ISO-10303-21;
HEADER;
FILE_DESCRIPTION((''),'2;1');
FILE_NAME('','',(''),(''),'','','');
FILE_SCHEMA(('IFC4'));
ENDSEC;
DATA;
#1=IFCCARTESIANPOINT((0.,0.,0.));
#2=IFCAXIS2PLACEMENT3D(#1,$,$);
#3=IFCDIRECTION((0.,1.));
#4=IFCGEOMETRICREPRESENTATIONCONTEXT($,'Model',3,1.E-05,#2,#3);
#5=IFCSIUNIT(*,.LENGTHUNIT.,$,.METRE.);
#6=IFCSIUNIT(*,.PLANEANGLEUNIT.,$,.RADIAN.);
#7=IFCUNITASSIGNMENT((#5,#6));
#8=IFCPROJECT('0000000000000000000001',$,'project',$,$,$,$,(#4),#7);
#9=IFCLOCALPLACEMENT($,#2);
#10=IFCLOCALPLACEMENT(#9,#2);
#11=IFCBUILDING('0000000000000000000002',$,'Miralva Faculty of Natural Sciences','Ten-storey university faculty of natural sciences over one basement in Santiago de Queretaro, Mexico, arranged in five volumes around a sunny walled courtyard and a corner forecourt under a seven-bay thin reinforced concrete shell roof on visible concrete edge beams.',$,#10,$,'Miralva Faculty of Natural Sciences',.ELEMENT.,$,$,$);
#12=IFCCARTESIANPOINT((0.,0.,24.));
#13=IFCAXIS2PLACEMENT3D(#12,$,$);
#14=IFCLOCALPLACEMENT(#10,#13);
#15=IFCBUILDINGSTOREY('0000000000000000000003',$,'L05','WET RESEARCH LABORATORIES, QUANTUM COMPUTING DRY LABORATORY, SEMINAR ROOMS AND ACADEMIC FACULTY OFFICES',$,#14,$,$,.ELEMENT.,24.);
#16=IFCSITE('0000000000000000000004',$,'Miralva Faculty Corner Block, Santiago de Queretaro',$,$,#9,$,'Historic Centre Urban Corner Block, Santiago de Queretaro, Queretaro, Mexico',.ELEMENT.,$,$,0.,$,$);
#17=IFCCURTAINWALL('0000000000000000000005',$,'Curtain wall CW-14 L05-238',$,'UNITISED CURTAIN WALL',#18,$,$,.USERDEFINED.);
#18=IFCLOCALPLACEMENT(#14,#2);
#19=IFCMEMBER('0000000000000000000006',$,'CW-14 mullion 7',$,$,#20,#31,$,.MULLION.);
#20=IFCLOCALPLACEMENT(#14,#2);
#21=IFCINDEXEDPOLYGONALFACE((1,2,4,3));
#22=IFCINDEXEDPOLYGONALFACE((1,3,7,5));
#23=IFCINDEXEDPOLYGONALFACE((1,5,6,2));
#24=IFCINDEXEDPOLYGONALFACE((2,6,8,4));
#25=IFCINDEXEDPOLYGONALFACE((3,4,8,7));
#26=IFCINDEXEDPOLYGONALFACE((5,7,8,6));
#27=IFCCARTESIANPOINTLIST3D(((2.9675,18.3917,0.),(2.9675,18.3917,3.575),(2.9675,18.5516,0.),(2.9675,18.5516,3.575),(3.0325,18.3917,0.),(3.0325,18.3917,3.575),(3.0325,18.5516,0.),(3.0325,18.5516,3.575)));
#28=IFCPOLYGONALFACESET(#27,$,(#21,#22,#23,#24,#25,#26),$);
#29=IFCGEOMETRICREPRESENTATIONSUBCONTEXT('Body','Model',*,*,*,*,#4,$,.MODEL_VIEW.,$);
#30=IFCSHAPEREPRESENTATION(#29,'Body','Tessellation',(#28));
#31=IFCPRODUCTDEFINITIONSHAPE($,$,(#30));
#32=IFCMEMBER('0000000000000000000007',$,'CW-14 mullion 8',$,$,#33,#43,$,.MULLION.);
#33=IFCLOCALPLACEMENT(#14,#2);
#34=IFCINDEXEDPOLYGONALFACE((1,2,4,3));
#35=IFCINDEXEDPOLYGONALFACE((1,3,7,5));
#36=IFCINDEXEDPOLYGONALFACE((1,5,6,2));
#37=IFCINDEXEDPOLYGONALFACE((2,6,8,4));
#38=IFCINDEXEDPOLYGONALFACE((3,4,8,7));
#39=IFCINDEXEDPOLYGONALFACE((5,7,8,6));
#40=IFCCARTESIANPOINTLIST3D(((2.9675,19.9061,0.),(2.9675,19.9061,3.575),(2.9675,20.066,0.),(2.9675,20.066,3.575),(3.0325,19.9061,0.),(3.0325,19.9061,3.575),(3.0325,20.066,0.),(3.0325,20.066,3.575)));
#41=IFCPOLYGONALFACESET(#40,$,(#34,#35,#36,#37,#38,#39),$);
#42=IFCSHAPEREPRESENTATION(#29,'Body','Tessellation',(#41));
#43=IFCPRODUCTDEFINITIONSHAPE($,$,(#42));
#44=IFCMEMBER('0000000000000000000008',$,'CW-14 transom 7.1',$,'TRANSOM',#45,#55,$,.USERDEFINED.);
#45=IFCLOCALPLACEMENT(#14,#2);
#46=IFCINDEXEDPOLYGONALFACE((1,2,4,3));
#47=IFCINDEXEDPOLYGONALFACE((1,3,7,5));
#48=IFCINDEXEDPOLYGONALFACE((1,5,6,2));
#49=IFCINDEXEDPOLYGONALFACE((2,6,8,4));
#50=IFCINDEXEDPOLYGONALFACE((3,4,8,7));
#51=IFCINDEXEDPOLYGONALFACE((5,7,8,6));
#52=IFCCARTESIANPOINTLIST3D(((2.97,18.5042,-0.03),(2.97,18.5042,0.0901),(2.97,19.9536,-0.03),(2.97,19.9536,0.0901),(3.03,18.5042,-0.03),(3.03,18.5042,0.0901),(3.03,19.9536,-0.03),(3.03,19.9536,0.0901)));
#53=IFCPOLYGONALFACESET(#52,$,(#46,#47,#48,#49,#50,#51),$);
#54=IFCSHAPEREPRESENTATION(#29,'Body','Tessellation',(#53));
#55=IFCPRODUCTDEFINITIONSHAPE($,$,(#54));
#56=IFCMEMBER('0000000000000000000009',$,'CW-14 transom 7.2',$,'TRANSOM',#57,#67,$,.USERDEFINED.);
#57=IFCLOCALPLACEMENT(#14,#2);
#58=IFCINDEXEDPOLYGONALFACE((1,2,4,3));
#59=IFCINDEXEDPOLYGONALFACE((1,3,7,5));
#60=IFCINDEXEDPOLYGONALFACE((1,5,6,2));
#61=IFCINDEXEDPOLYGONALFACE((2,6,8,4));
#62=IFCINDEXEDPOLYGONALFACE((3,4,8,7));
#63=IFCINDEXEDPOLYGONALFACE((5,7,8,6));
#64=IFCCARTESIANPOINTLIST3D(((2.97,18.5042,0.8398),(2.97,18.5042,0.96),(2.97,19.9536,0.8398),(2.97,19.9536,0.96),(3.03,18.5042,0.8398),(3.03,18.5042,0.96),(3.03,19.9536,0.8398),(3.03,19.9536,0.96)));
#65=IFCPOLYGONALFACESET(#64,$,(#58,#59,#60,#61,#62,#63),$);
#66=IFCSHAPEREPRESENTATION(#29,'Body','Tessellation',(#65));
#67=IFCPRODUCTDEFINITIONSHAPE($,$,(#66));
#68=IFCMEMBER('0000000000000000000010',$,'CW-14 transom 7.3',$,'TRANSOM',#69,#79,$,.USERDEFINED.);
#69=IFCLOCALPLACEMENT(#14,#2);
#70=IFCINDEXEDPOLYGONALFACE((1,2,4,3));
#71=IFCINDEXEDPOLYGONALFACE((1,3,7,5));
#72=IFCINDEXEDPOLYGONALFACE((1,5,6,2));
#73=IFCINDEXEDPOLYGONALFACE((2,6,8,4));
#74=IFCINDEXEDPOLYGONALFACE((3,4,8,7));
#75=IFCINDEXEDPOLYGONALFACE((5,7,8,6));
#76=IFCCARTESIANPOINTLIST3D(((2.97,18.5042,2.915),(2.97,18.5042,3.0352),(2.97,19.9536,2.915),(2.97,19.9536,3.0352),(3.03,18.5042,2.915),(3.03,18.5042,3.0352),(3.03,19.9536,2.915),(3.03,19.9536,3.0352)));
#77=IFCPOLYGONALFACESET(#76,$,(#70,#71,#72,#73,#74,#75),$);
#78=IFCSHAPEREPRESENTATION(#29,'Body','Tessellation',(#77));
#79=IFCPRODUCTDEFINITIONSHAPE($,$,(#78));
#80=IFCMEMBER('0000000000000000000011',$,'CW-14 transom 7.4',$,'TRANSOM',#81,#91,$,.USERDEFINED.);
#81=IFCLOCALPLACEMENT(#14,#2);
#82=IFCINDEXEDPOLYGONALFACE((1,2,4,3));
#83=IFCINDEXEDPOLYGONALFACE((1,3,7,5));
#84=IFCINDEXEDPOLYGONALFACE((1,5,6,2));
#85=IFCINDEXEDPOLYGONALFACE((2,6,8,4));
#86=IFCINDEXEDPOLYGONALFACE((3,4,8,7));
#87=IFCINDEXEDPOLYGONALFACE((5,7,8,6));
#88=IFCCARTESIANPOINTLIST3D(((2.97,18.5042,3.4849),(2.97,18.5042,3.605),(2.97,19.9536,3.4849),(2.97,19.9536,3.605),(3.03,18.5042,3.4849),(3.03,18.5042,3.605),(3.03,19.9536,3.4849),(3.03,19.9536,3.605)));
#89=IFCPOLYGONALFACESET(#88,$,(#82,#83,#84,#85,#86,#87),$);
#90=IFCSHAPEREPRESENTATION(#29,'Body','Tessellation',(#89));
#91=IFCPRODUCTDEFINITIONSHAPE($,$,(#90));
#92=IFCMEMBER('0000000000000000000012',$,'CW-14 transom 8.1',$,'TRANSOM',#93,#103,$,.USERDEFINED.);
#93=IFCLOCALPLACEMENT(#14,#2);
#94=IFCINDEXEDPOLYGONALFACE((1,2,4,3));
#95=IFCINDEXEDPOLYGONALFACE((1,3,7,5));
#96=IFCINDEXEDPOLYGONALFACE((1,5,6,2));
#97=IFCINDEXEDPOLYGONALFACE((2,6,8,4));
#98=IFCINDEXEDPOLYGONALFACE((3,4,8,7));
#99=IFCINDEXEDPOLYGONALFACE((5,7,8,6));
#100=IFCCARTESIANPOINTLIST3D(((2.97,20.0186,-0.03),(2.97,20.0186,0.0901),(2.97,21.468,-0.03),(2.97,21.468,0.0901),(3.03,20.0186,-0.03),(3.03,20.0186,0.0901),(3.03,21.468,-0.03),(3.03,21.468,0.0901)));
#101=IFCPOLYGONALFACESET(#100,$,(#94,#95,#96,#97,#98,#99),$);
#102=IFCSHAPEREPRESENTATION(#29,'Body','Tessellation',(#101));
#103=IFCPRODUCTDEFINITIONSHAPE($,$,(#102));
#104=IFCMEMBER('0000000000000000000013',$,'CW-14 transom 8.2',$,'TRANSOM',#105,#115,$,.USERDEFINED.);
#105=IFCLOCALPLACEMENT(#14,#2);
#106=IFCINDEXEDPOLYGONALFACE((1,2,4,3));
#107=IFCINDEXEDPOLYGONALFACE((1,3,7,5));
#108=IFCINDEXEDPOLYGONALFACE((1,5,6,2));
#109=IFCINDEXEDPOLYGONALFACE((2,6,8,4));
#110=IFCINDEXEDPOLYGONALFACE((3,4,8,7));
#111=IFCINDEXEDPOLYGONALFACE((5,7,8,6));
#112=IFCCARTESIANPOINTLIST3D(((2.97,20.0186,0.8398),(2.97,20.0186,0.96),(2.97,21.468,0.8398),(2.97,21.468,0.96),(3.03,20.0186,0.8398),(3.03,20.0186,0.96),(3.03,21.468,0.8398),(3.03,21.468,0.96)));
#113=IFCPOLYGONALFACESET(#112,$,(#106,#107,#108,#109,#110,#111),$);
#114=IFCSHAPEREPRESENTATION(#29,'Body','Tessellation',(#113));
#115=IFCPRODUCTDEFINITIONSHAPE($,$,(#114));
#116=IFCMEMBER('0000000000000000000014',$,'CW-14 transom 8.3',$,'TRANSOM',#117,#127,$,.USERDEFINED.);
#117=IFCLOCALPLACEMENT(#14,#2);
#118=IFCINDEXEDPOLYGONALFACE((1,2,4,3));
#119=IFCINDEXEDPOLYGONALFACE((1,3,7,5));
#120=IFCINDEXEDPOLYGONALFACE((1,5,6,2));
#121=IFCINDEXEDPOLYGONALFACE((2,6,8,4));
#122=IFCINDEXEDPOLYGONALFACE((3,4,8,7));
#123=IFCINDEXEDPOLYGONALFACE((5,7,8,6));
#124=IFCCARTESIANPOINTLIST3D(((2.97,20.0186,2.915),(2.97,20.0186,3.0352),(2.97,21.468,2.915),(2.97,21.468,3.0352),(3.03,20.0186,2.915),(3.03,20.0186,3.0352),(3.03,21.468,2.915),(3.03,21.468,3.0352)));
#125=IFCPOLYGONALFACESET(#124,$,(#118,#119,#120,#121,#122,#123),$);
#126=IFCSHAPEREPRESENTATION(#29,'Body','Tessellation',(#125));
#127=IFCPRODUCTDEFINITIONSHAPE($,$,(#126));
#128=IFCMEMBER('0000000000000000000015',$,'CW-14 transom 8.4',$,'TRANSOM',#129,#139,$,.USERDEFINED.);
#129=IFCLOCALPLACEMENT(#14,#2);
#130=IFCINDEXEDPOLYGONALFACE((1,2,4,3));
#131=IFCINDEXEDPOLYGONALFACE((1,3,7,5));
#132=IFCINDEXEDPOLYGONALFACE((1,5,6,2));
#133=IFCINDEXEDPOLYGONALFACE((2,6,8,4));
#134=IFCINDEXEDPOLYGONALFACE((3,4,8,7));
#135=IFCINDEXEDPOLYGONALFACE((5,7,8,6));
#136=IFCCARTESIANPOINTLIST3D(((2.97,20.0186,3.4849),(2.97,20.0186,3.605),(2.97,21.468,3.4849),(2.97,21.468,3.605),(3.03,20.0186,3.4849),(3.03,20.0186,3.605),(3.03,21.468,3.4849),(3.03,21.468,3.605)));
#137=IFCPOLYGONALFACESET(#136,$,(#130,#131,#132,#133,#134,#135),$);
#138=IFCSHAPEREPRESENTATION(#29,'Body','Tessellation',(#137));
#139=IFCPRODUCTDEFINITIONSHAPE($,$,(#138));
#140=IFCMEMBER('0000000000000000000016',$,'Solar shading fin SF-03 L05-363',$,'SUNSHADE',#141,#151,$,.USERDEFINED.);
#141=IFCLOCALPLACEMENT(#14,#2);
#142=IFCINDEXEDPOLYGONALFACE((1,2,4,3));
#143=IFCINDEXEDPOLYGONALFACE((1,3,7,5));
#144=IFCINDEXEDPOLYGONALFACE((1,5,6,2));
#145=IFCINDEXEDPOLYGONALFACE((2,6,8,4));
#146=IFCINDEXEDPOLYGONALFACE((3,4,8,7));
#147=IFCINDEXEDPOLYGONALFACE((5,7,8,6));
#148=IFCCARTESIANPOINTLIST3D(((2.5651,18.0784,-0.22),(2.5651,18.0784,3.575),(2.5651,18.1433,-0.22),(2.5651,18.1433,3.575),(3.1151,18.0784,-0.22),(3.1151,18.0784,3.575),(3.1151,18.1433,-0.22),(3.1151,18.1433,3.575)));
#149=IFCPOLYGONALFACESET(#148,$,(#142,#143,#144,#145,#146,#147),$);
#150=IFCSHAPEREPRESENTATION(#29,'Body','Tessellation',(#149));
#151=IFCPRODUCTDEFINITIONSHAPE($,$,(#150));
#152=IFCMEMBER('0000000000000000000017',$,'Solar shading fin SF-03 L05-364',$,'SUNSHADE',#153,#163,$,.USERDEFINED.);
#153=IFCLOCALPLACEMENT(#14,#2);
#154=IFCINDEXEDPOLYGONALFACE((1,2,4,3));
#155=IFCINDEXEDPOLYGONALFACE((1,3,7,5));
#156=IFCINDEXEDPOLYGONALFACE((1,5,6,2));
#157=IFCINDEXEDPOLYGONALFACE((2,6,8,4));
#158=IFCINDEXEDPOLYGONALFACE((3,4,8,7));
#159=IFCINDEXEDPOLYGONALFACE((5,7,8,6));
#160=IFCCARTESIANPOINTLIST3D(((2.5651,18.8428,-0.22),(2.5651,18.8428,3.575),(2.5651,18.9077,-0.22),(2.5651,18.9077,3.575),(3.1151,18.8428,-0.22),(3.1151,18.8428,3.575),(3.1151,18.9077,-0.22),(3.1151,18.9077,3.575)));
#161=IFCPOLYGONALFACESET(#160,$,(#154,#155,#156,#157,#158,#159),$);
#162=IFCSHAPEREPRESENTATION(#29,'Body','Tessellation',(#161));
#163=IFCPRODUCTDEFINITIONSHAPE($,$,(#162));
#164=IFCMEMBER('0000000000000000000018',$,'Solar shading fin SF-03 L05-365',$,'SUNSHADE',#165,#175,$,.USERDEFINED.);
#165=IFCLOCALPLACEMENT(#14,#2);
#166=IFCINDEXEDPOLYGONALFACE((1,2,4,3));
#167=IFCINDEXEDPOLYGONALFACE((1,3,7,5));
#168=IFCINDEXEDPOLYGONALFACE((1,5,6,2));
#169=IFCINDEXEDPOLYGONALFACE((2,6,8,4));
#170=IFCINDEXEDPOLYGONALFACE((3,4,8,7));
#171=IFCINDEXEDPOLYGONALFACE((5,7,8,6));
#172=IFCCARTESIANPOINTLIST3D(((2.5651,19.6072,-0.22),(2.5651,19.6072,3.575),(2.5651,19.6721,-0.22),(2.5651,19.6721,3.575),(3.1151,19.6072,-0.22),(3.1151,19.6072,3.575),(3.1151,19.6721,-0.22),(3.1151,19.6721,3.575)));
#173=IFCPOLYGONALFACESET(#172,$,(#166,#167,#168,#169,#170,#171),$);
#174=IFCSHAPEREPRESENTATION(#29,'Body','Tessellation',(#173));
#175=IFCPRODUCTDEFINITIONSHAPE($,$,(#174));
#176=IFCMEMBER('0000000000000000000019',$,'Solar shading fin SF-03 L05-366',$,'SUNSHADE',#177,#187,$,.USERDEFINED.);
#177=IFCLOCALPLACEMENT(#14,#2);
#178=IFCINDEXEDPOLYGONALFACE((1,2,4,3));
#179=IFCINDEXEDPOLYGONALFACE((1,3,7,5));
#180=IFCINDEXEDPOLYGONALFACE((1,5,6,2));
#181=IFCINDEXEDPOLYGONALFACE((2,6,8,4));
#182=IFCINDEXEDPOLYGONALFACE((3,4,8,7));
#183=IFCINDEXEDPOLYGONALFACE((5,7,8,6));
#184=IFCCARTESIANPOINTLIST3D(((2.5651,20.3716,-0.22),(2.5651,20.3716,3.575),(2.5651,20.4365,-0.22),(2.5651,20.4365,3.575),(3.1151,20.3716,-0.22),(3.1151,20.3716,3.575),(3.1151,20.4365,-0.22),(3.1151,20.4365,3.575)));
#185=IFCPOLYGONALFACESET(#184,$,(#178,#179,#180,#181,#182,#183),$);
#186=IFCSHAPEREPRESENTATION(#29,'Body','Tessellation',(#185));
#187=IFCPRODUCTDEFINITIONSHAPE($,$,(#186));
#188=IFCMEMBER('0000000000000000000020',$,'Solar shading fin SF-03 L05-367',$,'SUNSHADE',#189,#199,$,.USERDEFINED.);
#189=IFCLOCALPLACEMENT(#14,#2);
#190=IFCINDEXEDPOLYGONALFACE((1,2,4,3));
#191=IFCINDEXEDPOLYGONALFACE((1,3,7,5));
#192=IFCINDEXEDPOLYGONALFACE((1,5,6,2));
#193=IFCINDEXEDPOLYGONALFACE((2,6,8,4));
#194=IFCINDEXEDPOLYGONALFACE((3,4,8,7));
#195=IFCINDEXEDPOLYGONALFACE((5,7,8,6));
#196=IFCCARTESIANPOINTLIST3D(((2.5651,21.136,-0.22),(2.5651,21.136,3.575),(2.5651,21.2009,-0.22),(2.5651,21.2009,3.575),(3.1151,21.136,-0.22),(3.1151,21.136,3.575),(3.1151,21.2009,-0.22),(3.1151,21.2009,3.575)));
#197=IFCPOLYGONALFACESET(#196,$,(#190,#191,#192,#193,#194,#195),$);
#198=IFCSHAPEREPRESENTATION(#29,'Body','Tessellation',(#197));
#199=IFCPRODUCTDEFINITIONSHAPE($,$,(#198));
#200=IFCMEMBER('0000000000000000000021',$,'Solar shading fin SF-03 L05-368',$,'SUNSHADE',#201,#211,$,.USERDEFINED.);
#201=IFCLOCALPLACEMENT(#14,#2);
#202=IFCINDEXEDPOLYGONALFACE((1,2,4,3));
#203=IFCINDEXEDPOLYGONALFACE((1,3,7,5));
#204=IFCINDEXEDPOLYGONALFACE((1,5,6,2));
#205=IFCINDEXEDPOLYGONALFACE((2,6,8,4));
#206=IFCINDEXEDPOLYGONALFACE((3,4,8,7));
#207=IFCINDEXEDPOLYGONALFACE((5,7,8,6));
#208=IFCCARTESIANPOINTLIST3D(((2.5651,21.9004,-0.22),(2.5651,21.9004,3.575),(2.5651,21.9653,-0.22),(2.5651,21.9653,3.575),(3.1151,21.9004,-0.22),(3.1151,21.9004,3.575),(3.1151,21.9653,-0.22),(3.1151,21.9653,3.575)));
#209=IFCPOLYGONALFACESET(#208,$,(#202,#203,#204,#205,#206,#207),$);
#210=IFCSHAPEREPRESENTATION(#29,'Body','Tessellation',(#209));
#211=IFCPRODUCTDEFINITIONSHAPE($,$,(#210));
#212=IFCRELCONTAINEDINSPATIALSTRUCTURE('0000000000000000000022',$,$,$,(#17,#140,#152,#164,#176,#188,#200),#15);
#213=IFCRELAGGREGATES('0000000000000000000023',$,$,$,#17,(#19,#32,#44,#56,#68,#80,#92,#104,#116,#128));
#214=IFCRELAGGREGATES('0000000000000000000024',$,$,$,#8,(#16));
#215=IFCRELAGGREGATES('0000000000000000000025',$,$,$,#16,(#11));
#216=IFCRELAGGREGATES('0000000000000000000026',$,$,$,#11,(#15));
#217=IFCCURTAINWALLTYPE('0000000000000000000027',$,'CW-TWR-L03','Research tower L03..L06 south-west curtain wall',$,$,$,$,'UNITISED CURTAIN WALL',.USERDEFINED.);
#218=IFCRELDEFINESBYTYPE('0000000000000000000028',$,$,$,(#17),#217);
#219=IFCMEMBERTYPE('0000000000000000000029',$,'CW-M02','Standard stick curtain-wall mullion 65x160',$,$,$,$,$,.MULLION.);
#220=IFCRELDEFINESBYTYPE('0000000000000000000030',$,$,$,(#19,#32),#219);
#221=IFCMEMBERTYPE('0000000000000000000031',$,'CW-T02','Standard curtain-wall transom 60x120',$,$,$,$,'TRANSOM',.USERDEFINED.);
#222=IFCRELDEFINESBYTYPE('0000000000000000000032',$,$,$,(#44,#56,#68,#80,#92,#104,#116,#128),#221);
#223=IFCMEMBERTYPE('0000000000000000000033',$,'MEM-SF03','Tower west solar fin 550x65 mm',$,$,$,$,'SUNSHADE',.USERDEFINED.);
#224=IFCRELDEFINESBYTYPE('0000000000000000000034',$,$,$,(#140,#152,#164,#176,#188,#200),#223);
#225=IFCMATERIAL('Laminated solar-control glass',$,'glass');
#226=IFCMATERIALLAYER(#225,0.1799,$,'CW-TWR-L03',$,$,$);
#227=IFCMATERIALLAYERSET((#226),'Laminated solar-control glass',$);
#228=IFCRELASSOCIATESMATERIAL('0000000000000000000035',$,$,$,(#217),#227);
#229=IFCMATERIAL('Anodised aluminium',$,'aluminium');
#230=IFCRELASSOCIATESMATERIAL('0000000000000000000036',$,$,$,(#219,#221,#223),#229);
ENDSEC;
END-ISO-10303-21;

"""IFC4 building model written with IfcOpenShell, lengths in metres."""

from ifc_helpers import new_model, si_unit, direction, frame, origin, origin_2d, place, context, subcontext, project, spatial, rectangle, extrude, material, layer, layer_set, material_profile, profile_set, type_object, element, aggregate, save


model = new_model("IFC4")

# Units and contexts
model_context = context("Model", 3, precision=1e-05, world=origin(), true_north=direction((0.0, 1.0)))
body_context = subcontext(model_context, "Body", "Model", "MODEL_VIEW")
ifc_project = project(units=[si_unit("LENGTHUNIT", "METRE"), si_unit("PLANEANGLEUNIT", "RADIAN")], contexts=[model_context])

# Site, building, storey
site_placement = place(None, origin())
site = spatial("IfcSite", under=ifc_project, at=site_placement, Name="Miralva Faculty Corner Block, Santiago de Queretaro", LongName="Historic Centre Urban Corner Block, Santiago de Queretaro, Queretaro, Mexico", CompositionType="ELEMENT", RefElevation=0.0)
building_placement = place(site_placement, origin())
building = spatial("IfcBuilding", under=site, at=building_placement, Name="Miralva Faculty of Natural Sciences", Description="Ten-storey university faculty of natural sciences over one basement in Santiago de Queretaro, Mexico, arranged in five volumes around a sunny walled courtyard and a corner forecourt under a seven-bay thin reinforced concrete shell roof on visible concrete edge beams.", LongName="Miralva Faculty of Natural Sciences", CompositionType="ELEMENT")
storey_placement = place(building_placement, frame((0.0, 0.0, 24.0)))
storey = spatial("IfcBuildingStorey", under=building, at=storey_placement, Name="L05", Description="WET RESEARCH LABORATORIES, QUANTUM COMPUTING DRY LABORATORY, SEMINAR ROOMS AND ACADEMIC FACULTY OFFICES", CompositionType="ELEMENT", Elevation=24.0)

# Curtain wall, members
ifc_material_1 = material(Name="Laminated solar-control glass", Category="glass")
ifc_layer_1 = layer(ifc_material_1, 0.1799, Name="CW-TWR-L03")
ifc_layer_set_1 = layer_set([ifc_layer_1], Name="Laminated solar-control glass")
curtain_wall_type = type_object("IfcCurtainWallType", Name="CW-TWR-L03", Description="Research tower L03..L06 south-west curtain wall", ElementType="UNITISED CURTAIN WALL", PredefinedType="USERDEFINED", material=ifc_layer_set_1)
curtain_wall_placement = place(storey_placement, origin())
curtain_wall = element("IfcCurtainWall", 1, at=curtain_wall_placement, inside=storey, type_object=curtain_wall_type, Name="Curtain wall CW-14 L05-238", ObjectType="UNITISED CURTAIN WALL", PredefinedType="USERDEFINED")
ifc_material_2 = material(Name="Anodised aluminium", Category="aluminium")
ifc_material_profile_1 = material_profile(ifc_material_2, rectangle(XDim=0.0649, YDim=0.1599, at=origin_2d()), Name="MULLION 65x160")
ifc_profile_set_1 = profile_set([ifc_material_profile_1], Name="Anodised aluminium")
member_type_1 = type_object("IfcMemberType", Name="CW-M02", Description="Standard stick curtain-wall mullion 65x160", PredefinedType="MULLION", material=ifc_profile_set_1)
member_1_placement = place(storey_placement, frame((3.0, 18.4717, 0.0), z_axis=(0.0, 0.0, 1.0), x_axis=(-1.0, 0.0, 0.0)))
member_1 = element("IfcMember", 2, at=member_1_placement, type_object=member_type_1, Name="CW-14 mullion 7", PredefinedType="MULLION", context=body_context, shape_type="SweptSolid", body=[
    extrude(rectangle(XDim=0.0649, YDim=0.1599, at=origin_2d()), origin(), (0.0, 0.0, 1.0), 3.575),
])
member_2_placement = place(storey_placement, frame((3.0, 19.9861, 0.0), z_axis=(0.0, 0.0, 1.0), x_axis=(-1.0, 0.0, 0.0)))
member_2 = element("IfcMember", 3, at=member_2_placement, type_object=member_type_1, Name="CW-14 mullion 8", PredefinedType="MULLION", context=body_context, shape_type="SweptSolid", body=[
    extrude(rectangle(XDim=0.0649, YDim=0.1599, at=origin_2d()), origin(), (0.0, 0.0, 1.0), 3.575),
])
ifc_material_profile_2 = material_profile(ifc_material_2, rectangle(XDim=0.0601, YDim=0.1201, at=origin_2d()), Name="TRANSOM 60x120")
ifc_profile_set_2 = profile_set([ifc_material_profile_2], Name="Anodised aluminium")
member_type_2 = type_object("IfcMemberType", Name="CW-T02", Description="Standard curtain-wall transom 60x120", ElementType="TRANSOM", PredefinedType="USERDEFINED", material=ifc_profile_set_2)
member_3_placement = place(storey_placement, frame((3.0, 18.5042, 0.03), z_axis=(0.0, 1.0, 0.0), x_axis=(-1.0, 0.0, 0.0)))
member_3 = element("IfcMember", 4, at=member_3_placement, type_object=member_type_2, Name="CW-14 transom 7.1", ObjectType="TRANSOM", PredefinedType="USERDEFINED", context=body_context, shape_type="SweptSolid", body=[
    extrude(rectangle(XDim=0.0601, YDim=0.1201, at=origin_2d()), origin(), (0.0, 0.0, 1.0), 1.4495),
])
member_4_placement = place(storey_placement, frame((3.0, 18.5042, 0.8999), z_axis=(0.0, 1.0, 0.0), x_axis=(-1.0, 0.0, 0.0)))
member_4 = element("IfcMember", 5, at=member_4_placement, type_object=member_type_2, Name="CW-14 transom 7.2", ObjectType="TRANSOM", PredefinedType="USERDEFINED", context=body_context, shape_type="SweptSolid", body=[
    extrude(rectangle(XDim=0.0601, YDim=0.1201, at=origin_2d()), origin(), (0.0, 0.0, 1.0), 1.4495),
])
member_5_placement = place(storey_placement, frame((3.0, 18.5042, 2.9751), z_axis=(0.0, 1.0, 0.0), x_axis=(-1.0, 0.0, 0.0)))
member_5 = element("IfcMember", 6, at=member_5_placement, type_object=member_type_2, Name="CW-14 transom 7.3", ObjectType="TRANSOM", PredefinedType="USERDEFINED", context=body_context, shape_type="SweptSolid", body=[
    extrude(rectangle(XDim=0.0601, YDim=0.1201, at=origin_2d()), origin(), (0.0, 0.0, 1.0), 1.4495),
])
member_6_placement = place(storey_placement, frame((3.0, 18.5042, 3.5449), z_axis=(0.0, 1.0, 0.0), x_axis=(-1.0, 0.0, 0.0)))
member_6 = element("IfcMember", 7, at=member_6_placement, type_object=member_type_2, Name="CW-14 transom 7.4", ObjectType="TRANSOM", PredefinedType="USERDEFINED", context=body_context, shape_type="SweptSolid", body=[
    extrude(rectangle(XDim=0.0601, YDim=0.1201, at=origin_2d()), origin(), (0.0, 0.0, 1.0), 1.4495),
])
member_7_placement = place(storey_placement, frame((3.0, 20.0186, 0.03), z_axis=(0.0, 1.0, 0.0), x_axis=(-1.0, 0.0, 0.0)))
member_7 = element("IfcMember", 8, at=member_7_placement, type_object=member_type_2, Name="CW-14 transom 8.1", ObjectType="TRANSOM", PredefinedType="USERDEFINED", context=body_context, shape_type="SweptSolid", body=[
    extrude(rectangle(XDim=0.0601, YDim=0.1201, at=origin_2d()), origin(), (0.0, 0.0, 1.0), 1.4495),
])
member_8_placement = place(storey_placement, frame((3.0, 20.0186, 0.8999), z_axis=(0.0, 1.0, 0.0), x_axis=(-1.0, 0.0, 0.0)))
member_8 = element("IfcMember", 9, at=member_8_placement, type_object=member_type_2, Name="CW-14 transom 8.2", ObjectType="TRANSOM", PredefinedType="USERDEFINED", context=body_context, shape_type="SweptSolid", body=[
    extrude(rectangle(XDim=0.0601, YDim=0.1201, at=origin_2d()), origin(), (0.0, 0.0, 1.0), 1.4495),
])
member_9_placement = place(storey_placement, frame((3.0, 20.0186, 2.9751), z_axis=(0.0, 1.0, 0.0), x_axis=(-1.0, 0.0, 0.0)))
member_9 = element("IfcMember", 10, at=member_9_placement, type_object=member_type_2, Name="CW-14 transom 8.3", ObjectType="TRANSOM", PredefinedType="USERDEFINED", context=body_context, shape_type="SweptSolid", body=[
    extrude(rectangle(XDim=0.0601, YDim=0.1201, at=origin_2d()), origin(), (0.0, 0.0, 1.0), 1.4495),
])
member_10_placement = place(storey_placement, frame((3.0, 20.0186, 3.5449), z_axis=(0.0, 1.0, 0.0), x_axis=(-1.0, 0.0, 0.0)))
member_10 = element("IfcMember", 11, at=member_10_placement, type_object=member_type_2, Name="CW-14 transom 8.4", ObjectType="TRANSOM", PredefinedType="USERDEFINED", context=body_context, shape_type="SweptSolid", body=[
    extrude(rectangle(XDim=0.0601, YDim=0.1201, at=origin_2d()), origin(), (0.0, 0.0, 1.0), 1.4495),
])

# Members
ifc_material_profile_3 = material_profile(ifc_material_2, rectangle(XDim=0.0649, YDim=0.55, at=origin_2d()), Name="FIN 550x65")
ifc_profile_set_3 = profile_set([ifc_material_profile_3], Name="Anodised aluminium")
member_type_3 = type_object("IfcMemberType", Name="MEM-SF03", Description="Tower west solar fin 550x65 mm", ElementType="SUNSHADE", PredefinedType="USERDEFINED", material=ifc_profile_set_3)
for number, where, z_axis, x_axis, name in (
    (12, (2.8401, 18.1108, -0.22), (0.0, 0.0, 1.0), (0.0, -1.0, 0.0), "Solar shading fin SF-03 L05-363"),
    (13, (2.8401, 18.8752, -0.22), (0.0, 0.0, 1.0), (0.0, -1.0, 0.0), "Solar shading fin SF-03 L05-364"),
    (14, (2.8401, 19.6396, -0.22), (0.0, 0.0, 1.0), (0.0, -1.0, 0.0), "Solar shading fin SF-03 L05-365"),
    (15, (2.8401, 20.4041, -0.22), (0.0, 0.0, 1.0), (0.0, -1.0, 0.0), "Solar shading fin SF-03 L05-366"),
    (16, (2.8401, 21.1685, -0.22), (0.0, 0.0, 1.0), (0.0, -1.0, 0.0), "Solar shading fin SF-03 L05-367"),
    (17, (2.8401, 21.9329, -0.22), (0.0, 0.0, 1.0), (0.0, -1.0, 0.0), "Solar shading fin SF-03 L05-368"),
):
    element("IfcMember", number, at=place(storey_placement, frame(where, z_axis=z_axis, x_axis=x_axis)), inside=storey, type_object=member_type_3, Name=name, ObjectType="SUNSHADE", PredefinedType="USERDEFINED", context=body_context, shape_type="SweptSolid", body=[
        extrude(rectangle(XDim=0.0649, YDim=0.55, at=origin_2d()), origin(), (0.0, 0.0, 1.0), 3.7949),
    ])

aggregate(curtain_wall, [member_1, member_2, member_3, member_4, member_5, member_6, member_7, member_8, member_9, member_10])

save(model, "model.ifc")
